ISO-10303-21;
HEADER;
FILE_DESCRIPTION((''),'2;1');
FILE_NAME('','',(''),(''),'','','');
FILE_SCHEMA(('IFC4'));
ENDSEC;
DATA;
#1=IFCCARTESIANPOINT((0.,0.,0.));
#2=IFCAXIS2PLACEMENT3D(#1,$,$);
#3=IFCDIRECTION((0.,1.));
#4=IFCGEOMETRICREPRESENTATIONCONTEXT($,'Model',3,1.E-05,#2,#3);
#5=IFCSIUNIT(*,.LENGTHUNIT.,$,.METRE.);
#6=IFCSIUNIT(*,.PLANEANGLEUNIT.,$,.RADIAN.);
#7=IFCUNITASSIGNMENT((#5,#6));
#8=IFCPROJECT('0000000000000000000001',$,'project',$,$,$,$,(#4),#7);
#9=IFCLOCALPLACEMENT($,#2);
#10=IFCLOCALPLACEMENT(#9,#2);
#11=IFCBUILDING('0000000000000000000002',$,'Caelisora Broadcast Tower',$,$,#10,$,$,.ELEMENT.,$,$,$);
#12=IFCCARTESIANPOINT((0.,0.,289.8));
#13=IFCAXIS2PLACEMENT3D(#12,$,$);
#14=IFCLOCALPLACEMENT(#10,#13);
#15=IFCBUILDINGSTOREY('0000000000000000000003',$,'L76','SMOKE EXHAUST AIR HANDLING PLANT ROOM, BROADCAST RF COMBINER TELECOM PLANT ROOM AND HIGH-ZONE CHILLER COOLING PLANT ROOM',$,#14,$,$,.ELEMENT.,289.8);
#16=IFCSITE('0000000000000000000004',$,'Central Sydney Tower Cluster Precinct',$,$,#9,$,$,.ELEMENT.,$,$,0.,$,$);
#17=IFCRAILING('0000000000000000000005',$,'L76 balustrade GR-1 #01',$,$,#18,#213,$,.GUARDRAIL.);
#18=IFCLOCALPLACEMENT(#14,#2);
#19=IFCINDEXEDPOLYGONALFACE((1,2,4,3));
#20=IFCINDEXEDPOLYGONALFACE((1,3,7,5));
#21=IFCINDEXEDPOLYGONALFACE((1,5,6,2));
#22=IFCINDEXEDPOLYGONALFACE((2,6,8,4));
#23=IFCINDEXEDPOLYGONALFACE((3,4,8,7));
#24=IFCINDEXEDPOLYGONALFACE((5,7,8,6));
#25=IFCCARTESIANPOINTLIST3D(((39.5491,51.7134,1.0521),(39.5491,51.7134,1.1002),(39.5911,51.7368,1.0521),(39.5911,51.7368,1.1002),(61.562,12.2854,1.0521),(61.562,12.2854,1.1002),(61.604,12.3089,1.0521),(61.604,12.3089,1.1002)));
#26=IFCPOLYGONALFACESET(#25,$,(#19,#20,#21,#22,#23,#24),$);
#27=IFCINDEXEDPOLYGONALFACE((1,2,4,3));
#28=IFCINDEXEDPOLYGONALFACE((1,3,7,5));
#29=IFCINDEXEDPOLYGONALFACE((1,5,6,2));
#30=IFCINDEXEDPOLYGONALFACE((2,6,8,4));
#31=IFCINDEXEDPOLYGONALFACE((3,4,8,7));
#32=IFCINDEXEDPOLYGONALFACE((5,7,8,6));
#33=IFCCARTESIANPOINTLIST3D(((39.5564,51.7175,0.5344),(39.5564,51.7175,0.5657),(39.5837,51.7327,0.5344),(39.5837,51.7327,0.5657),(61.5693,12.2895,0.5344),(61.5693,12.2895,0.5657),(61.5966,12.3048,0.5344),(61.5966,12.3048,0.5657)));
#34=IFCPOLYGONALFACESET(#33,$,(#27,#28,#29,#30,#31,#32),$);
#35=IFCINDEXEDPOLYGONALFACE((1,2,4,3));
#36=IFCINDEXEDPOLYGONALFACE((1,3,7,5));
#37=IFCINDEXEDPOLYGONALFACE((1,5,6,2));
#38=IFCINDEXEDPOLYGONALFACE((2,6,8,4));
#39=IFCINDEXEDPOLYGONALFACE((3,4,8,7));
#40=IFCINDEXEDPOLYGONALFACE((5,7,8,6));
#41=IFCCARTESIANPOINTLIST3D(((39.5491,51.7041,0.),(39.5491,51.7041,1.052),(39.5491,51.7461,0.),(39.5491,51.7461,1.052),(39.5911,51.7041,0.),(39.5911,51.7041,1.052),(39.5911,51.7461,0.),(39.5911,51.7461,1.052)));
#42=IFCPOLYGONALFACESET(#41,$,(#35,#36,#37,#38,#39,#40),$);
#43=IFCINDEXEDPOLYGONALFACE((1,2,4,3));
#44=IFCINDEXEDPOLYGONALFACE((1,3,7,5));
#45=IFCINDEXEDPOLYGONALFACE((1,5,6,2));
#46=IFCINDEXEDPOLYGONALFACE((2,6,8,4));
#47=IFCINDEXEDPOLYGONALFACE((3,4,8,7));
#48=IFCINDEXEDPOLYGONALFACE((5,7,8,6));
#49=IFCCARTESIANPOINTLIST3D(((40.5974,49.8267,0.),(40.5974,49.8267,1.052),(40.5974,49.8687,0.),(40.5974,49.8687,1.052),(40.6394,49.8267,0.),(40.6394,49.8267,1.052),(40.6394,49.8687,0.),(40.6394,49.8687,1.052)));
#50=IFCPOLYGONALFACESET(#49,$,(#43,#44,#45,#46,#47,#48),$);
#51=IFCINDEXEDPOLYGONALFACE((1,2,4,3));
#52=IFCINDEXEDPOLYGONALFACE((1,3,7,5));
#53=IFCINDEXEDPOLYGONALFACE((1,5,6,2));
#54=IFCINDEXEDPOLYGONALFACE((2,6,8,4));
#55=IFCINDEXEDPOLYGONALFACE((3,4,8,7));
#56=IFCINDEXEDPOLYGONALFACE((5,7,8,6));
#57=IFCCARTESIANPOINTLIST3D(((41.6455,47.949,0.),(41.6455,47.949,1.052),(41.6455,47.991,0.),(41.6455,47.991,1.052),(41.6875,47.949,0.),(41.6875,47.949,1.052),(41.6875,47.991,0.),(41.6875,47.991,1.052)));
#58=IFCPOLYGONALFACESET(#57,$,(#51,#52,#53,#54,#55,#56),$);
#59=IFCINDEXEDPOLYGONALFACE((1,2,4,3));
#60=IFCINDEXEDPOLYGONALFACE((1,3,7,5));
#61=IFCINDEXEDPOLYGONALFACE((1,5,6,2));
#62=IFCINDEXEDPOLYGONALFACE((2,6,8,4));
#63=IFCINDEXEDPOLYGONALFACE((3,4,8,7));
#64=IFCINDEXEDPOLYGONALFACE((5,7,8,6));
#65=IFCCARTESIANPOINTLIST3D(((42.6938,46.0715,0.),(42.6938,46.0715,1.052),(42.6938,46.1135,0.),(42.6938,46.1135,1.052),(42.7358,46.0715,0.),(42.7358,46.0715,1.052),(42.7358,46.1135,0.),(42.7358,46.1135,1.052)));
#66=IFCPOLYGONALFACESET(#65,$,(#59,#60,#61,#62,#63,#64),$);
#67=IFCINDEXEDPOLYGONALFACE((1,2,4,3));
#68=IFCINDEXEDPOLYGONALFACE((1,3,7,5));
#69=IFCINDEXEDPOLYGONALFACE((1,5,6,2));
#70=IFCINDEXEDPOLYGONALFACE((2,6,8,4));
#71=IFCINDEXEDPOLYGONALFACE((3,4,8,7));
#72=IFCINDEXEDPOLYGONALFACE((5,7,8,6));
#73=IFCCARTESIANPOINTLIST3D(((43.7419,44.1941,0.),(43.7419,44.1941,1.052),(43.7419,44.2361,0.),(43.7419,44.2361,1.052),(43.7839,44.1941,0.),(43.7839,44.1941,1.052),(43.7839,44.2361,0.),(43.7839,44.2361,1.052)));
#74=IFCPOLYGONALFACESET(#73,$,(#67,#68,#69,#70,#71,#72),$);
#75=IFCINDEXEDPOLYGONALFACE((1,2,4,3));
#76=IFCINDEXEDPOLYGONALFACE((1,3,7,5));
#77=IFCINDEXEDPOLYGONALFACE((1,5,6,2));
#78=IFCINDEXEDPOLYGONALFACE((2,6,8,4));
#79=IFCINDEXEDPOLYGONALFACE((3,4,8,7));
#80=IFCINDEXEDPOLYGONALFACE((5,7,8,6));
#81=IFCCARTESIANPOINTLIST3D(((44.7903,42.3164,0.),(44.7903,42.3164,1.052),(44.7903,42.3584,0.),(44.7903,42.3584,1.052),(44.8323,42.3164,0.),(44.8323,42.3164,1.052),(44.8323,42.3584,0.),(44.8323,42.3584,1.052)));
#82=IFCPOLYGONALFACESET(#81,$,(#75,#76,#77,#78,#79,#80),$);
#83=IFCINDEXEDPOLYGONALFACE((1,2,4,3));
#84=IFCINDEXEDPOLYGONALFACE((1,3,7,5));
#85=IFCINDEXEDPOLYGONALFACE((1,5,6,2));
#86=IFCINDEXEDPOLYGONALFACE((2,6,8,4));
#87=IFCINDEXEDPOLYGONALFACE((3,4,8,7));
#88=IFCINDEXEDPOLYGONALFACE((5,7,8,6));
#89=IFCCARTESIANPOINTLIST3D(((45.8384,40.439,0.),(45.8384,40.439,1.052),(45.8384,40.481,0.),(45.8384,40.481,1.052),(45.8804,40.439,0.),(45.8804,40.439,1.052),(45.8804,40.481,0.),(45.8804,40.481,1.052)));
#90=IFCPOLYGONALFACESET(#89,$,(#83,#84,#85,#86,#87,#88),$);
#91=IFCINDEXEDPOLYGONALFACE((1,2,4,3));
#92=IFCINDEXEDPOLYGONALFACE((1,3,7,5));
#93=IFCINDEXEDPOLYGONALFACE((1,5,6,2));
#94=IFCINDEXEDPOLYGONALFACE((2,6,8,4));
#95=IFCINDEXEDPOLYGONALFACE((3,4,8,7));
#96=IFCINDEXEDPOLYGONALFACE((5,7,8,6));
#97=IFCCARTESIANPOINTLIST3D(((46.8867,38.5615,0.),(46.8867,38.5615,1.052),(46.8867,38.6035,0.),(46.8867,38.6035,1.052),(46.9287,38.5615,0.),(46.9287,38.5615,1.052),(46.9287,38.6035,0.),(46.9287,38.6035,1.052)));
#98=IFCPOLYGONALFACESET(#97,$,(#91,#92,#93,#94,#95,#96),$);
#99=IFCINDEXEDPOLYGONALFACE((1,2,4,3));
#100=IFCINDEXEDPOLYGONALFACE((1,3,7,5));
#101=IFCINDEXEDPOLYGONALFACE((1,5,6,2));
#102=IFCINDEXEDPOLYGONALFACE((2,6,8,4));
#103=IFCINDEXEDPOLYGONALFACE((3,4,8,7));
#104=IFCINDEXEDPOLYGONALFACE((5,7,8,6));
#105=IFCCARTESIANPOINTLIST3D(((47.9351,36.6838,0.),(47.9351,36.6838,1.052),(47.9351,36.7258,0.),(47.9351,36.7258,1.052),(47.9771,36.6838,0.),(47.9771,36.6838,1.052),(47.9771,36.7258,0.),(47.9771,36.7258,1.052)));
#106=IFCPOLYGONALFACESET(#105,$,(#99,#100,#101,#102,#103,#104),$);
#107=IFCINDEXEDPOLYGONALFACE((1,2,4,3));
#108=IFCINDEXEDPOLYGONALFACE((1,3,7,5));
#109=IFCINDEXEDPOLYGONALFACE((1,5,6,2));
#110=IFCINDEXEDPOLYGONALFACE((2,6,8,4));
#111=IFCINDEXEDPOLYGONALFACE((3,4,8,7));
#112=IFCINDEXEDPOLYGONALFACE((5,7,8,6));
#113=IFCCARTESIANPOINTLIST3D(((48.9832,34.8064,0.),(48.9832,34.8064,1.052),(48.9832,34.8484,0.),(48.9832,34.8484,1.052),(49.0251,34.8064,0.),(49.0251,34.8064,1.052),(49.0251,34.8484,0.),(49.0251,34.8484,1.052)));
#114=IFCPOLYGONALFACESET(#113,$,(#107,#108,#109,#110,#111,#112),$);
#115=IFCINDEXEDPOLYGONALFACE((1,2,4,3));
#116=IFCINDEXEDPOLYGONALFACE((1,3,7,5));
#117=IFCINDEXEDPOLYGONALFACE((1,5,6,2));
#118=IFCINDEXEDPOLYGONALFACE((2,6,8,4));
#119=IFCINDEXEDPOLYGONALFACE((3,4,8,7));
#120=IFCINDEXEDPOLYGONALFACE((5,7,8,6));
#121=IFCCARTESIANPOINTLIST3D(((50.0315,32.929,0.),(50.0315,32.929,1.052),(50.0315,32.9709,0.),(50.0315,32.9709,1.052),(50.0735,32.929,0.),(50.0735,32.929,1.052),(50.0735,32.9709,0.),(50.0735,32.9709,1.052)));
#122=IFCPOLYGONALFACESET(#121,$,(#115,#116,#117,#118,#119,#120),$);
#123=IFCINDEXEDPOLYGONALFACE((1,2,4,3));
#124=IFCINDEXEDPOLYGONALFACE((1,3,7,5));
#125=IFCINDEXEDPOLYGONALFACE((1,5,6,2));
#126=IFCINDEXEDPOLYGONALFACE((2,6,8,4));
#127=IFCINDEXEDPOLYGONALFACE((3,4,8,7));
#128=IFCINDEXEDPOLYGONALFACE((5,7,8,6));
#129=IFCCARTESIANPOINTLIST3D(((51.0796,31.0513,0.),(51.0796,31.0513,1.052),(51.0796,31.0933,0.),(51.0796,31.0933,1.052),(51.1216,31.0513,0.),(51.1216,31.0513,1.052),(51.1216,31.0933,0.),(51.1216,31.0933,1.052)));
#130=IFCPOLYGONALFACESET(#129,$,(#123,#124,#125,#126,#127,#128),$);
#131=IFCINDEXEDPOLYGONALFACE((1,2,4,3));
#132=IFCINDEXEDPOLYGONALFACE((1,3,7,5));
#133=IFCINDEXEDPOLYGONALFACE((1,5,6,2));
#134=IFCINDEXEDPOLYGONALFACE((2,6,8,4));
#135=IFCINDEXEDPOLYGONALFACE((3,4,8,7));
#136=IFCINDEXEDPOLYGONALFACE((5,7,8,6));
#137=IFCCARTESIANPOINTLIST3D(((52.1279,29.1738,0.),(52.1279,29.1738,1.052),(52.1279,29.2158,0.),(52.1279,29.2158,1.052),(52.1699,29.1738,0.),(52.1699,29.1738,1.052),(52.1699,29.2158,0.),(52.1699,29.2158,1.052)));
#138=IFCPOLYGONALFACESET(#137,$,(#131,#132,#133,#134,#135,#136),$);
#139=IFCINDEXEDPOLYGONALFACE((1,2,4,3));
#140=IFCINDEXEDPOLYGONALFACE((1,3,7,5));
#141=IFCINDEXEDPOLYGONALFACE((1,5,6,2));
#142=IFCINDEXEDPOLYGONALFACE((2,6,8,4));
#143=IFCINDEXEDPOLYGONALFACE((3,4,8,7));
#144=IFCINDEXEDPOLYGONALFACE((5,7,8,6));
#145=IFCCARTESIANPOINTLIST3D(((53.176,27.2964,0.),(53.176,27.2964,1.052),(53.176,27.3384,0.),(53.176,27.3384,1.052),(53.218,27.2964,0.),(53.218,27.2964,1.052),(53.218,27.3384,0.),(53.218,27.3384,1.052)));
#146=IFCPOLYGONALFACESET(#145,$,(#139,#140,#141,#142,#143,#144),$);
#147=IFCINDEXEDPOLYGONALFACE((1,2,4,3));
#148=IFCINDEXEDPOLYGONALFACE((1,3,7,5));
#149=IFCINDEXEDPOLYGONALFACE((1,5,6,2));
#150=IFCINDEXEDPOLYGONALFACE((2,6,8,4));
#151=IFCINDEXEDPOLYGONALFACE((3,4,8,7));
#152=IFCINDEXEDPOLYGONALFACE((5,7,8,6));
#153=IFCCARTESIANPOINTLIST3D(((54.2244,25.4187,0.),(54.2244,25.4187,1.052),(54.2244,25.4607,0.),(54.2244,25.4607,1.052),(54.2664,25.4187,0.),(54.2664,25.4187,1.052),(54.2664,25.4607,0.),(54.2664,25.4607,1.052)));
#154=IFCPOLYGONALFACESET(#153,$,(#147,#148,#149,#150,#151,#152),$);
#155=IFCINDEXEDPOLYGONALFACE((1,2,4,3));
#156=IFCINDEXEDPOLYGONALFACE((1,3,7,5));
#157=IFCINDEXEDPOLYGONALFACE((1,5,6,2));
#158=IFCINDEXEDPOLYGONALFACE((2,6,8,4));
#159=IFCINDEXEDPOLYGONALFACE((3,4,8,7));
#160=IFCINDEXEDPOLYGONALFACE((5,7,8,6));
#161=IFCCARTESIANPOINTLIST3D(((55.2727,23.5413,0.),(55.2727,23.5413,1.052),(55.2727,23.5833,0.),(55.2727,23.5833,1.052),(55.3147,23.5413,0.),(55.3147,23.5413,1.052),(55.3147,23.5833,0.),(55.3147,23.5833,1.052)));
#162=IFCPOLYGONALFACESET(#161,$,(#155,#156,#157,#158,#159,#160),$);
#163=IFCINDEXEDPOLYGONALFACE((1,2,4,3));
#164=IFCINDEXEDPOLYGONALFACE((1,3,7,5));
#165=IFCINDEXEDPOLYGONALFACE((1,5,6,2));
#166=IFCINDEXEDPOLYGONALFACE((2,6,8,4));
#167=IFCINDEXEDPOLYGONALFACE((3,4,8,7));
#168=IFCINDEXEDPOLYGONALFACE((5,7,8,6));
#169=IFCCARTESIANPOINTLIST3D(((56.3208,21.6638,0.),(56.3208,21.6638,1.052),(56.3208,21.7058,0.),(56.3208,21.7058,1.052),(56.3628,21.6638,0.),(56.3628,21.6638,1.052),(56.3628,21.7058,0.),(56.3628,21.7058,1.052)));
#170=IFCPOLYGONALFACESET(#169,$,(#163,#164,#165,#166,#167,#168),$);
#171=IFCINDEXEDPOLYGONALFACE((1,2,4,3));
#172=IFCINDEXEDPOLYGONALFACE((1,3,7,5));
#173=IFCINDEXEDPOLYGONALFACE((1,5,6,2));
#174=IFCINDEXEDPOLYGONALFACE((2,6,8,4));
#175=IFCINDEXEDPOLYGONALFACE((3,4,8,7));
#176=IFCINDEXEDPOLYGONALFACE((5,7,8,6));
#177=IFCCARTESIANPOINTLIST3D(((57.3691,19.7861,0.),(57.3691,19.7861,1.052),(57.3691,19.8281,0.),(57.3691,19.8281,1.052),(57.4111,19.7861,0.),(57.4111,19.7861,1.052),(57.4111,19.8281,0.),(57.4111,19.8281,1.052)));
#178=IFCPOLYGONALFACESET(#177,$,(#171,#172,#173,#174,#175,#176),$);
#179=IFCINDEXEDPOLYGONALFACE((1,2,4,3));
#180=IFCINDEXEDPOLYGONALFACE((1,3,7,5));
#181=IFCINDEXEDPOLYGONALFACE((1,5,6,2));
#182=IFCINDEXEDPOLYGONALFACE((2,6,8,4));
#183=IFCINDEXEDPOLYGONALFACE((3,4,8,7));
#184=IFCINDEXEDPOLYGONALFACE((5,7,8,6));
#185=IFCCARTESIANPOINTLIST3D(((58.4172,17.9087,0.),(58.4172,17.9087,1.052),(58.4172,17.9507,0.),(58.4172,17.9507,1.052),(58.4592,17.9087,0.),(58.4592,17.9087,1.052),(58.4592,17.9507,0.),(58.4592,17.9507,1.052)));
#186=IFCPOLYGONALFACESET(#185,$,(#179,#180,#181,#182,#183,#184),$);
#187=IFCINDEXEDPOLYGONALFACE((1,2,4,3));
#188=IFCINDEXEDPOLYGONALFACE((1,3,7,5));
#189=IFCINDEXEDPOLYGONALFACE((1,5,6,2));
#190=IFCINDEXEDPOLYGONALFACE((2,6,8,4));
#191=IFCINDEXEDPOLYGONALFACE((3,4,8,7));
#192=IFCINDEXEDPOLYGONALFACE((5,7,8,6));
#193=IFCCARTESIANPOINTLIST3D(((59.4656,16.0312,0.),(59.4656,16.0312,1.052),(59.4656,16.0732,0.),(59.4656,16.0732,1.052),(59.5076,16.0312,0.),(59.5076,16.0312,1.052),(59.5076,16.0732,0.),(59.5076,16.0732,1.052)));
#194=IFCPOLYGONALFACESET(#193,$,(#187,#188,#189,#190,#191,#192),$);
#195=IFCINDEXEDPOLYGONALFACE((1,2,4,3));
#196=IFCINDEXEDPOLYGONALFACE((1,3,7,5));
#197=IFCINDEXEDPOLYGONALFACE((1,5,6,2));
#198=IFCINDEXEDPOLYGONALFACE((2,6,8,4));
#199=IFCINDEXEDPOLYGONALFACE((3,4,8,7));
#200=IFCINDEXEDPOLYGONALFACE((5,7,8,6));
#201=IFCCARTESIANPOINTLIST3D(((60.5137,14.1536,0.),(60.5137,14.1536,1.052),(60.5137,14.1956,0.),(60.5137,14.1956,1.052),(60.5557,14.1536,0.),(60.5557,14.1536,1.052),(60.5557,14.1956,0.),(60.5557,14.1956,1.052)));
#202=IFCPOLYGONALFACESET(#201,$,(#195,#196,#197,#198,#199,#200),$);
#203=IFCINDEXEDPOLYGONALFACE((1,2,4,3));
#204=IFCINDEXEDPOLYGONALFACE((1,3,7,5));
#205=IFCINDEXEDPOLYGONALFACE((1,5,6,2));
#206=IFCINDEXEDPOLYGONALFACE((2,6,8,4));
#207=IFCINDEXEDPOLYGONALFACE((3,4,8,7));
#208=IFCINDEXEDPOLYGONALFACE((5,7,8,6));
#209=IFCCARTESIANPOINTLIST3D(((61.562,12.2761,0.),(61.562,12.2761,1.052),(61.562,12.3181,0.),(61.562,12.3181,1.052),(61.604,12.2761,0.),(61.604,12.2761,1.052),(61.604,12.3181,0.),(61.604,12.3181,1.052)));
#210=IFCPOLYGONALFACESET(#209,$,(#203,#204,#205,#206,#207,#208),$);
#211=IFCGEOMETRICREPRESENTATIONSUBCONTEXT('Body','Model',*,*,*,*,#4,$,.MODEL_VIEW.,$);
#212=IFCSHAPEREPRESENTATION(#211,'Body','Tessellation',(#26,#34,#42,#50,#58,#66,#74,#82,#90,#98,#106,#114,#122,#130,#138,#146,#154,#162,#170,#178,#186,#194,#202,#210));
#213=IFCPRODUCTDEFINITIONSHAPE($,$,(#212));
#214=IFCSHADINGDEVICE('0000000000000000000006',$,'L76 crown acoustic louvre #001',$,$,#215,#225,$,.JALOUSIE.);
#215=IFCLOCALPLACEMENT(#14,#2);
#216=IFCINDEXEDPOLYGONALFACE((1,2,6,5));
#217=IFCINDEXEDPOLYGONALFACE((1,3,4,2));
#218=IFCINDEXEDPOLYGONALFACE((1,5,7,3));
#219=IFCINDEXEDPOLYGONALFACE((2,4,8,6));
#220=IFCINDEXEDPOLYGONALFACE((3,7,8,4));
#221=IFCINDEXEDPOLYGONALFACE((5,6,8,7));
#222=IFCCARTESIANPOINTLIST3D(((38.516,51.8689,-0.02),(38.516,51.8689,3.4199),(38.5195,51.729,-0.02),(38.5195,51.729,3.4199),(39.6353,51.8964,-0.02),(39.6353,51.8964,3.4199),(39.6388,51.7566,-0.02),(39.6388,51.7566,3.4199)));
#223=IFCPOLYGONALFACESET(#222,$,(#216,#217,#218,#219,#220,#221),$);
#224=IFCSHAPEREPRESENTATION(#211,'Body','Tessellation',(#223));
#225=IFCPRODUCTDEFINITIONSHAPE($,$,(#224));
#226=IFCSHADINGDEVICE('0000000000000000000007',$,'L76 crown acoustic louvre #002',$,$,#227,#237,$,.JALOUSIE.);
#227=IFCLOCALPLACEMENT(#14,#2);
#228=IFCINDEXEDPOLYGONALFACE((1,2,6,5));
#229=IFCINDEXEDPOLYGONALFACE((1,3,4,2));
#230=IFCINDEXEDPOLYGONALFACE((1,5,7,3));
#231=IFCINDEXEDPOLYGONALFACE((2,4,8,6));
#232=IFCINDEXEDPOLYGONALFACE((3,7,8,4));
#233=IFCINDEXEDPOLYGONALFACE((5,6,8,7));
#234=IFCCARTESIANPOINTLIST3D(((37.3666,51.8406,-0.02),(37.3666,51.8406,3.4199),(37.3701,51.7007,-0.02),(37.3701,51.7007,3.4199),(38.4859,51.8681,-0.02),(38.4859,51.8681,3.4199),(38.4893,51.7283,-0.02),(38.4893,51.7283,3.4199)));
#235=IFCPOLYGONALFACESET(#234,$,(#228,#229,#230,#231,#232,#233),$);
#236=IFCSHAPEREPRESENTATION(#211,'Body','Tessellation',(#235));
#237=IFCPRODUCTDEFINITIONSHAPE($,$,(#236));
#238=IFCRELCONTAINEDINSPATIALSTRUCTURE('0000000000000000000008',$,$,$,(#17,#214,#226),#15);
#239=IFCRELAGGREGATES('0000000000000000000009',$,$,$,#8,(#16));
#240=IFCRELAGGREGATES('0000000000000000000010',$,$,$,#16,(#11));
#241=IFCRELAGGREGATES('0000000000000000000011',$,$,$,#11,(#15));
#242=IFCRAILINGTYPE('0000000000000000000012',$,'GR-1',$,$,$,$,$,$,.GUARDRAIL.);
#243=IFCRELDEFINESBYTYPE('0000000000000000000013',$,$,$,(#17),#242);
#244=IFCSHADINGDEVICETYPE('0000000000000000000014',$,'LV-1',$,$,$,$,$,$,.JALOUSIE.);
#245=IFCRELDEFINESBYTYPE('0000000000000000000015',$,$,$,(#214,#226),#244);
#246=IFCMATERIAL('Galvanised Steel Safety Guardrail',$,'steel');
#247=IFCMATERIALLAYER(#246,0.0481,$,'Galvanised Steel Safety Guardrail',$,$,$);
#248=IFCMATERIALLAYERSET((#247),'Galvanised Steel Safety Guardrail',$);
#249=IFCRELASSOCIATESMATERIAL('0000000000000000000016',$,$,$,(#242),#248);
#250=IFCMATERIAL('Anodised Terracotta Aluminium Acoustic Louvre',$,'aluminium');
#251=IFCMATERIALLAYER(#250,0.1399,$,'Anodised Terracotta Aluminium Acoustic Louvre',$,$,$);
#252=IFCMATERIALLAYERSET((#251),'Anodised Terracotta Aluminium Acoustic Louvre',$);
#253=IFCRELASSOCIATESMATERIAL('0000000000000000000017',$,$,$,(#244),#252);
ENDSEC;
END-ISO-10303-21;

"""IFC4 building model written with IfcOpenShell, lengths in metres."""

from ifc_helpers import new_model, si_unit, direction, frame, origin, origin_2d, place, context, subcontext, project, spatial, rectangle, extrude, source, transform, mapped, material, layer, layer_set, type_object, element, save


model = new_model("IFC4")

# Units and contexts
model_context = context("Model", 3, precision=1e-05, world=origin(), true_north=direction((0.0, 1.0)))
body_context = subcontext(model_context, "Body", "Model", "MODEL_VIEW")
ifc_project = project(units=[si_unit("LENGTHUNIT", "METRE"), si_unit("PLANEANGLEUNIT", "RADIAN")], contexts=[model_context])

# Site, building, storey
site_placement = place(None, origin())
site = spatial("IfcSite", under=ifc_project, at=site_placement, Name="Central Sydney Tower Cluster Precinct", CompositionType="ELEMENT", RefElevation=0.0)
building_placement = place(site_placement, origin())
building = spatial("IfcBuilding", under=site, at=building_placement, Name="Caelisora Broadcast Tower", CompositionType="ELEMENT")
storey_placement = place(building_placement, frame((0.0, 0.0, 289.8)))
storey = spatial("IfcBuildingStorey", under=building, at=storey_placement, Name="L76", Description="SMOKE EXHAUST AIR HANDLING PLANT ROOM, BROADCAST RF COMBINER TELECOM PLANT ROOM AND HIGH-ZONE CHILLER COOLING PLANT ROOM", CompositionType="ELEMENT", Elevation=289.8)

# Railing
ifc_material_1 = material(Name="Galvanised Steel Safety Guardrail", Category="steel")
ifc_layer_1 = layer(ifc_material_1, 0.0481, Name="Galvanised Steel Safety Guardrail")
ifc_layer_set_1 = layer_set([ifc_layer_1], Name="Galvanised Steel Safety Guardrail")
railing_type = type_object("IfcRailingType", Name="GR-1", PredefinedType="GUARDRAIL", material=ifc_layer_set_1)
railing_placement = place(storey_placement, frame((39.5701, 51.7251, 0.0)))
element("IfcRailing", 1, at=railing_placement, inside=storey, type_object=railing_type, Name="L76 balustrade GR-1 #01", PredefinedType="GUARDRAIL", context=body_context, shape_type="SweptSolid", body=[
    extrude(rectangle(XDim=0.0481, YDim=0.0481, at=origin_2d()), frame((0.0, 0.0, 1.0762), z_axis=(0.487478, -0.873135, 0.0), x_axis=(0.873135, 0.487478, 0.0)), (0.0, 0.0, 1.0), 45.1567),
    extrude(rectangle(XDim=0.0312, YDim=0.0312, at=origin_2d()), frame((0.0, 0.0, 0.55), z_axis=(0.487478, -0.873135, 0.0), x_axis=(0.873135, 0.487478, 0.0)), (0.0, 0.0, 1.0), 45.1567),
    extrude(rectangle(XDim=0.042, YDim=0.042, at=origin_2d()), origin(), (0.0, 0.0, 1.0), 1.052),
    extrude(rectangle(XDim=0.042, YDim=0.042, at=origin_2d()), frame((1.0483, -1.8774, 0.0)), (0.0, 0.0, 1.0), 1.052),
    extrude(rectangle(XDim=0.042, YDim=0.042, at=origin_2d()), frame((2.0964, -3.7551, 0.0)), (0.0, 0.0, 1.0), 1.052),
    extrude(rectangle(XDim=0.042, YDim=0.042, at=origin_2d()), frame((3.1448, -5.6326, 0.0)), (0.0, 0.0, 1.0), 1.052),
    extrude(rectangle(XDim=0.042, YDim=0.042, at=origin_2d()), frame((4.1929, -7.51, 0.0)), (0.0, 0.0, 1.0), 1.052),
    extrude(rectangle(XDim=0.042, YDim=0.042, at=origin_2d()), frame((5.2412, -9.3877, 0.0)), (0.0, 0.0, 1.0), 1.052),
    extrude(rectangle(XDim=0.042, YDim=0.042, at=origin_2d()), frame((6.2893, -11.2651, 0.0)), (0.0, 0.0, 1.0), 1.052),
    extrude(rectangle(XDim=0.042, YDim=0.042, at=origin_2d()), frame((7.3376, -13.1426, 0.0)), (0.0, 0.0, 1.0), 1.052),
    extrude(rectangle(XDim=0.042, YDim=0.042, at=origin_2d()), frame((8.386, -15.0203, 0.0)), (0.0, 0.0, 1.0), 1.052),
    extrude(rectangle(XDim=0.042, YDim=0.042, at=origin_2d()), frame((9.4341, -16.8977, 0.0)), (0.0, 0.0, 1.0), 1.052),
    extrude(rectangle(XDim=0.042, YDim=0.042, at=origin_2d()), frame((10.4824, -18.7751, 0.0)), (0.0, 0.0, 1.0), 1.052),
    extrude(rectangle(XDim=0.042, YDim=0.042, at=origin_2d()), frame((11.5305, -20.6528, 0.0)), (0.0, 0.0, 1.0), 1.052),
    extrude(rectangle(XDim=0.042, YDim=0.042, at=origin_2d()), frame((12.5789, -22.5303, 0.0)), (0.0, 0.0, 1.0), 1.052),
    extrude(rectangle(XDim=0.042, YDim=0.042, at=origin_2d()), frame((13.627, -24.4077, 0.0)), (0.0, 0.0, 1.0), 1.052),
    extrude(rectangle(XDim=0.042, YDim=0.042, at=origin_2d()), frame((14.6753, -26.2854, 0.0)), (0.0, 0.0, 1.0), 1.052),
    extrude(rectangle(XDim=0.042, YDim=0.042, at=origin_2d()), frame((15.7236, -28.1628, 0.0)), (0.0, 0.0, 1.0), 1.052),
    extrude(rectangle(XDim=0.042, YDim=0.042, at=origin_2d()), frame((16.7717, -30.0403, 0.0)), (0.0, 0.0, 1.0), 1.052),
    extrude(rectangle(XDim=0.042, YDim=0.042, at=origin_2d()), frame((17.8201, -31.918, 0.0)), (0.0, 0.0, 1.0), 1.052),
    extrude(rectangle(XDim=0.042, YDim=0.042, at=origin_2d()), frame((18.8682, -33.7954, 0.0)), (0.0, 0.0, 1.0), 1.052),
    extrude(rectangle(XDim=0.042, YDim=0.042, at=origin_2d()), frame((19.9165, -35.6729, 0.0)), (0.0, 0.0, 1.0), 1.052),
    extrude(rectangle(XDim=0.042, YDim=0.042, at=origin_2d()), frame((20.9646, -37.5505, 0.0)), (0.0, 0.0, 1.0), 1.052),
    extrude(rectangle(XDim=0.042, YDim=0.042, at=origin_2d()), frame((22.0129, -39.428, 0.0)), (0.0, 0.0, 1.0), 1.052),
])

# Shading devices
ifc_material_2 = material(Name="Anodised Terracotta Aluminium Acoustic Louvre", Category="aluminium")
ifc_layer_2 = layer(ifc_material_2, 0.1399, Name="Anodised Terracotta Aluminium Acoustic Louvre")
ifc_layer_set_2 = layer_set([ifc_layer_2], Name="Anodised Terracotta Aluminium Acoustic Louvre")
shading_device_type = type_object("IfcShadingDeviceType", Name="LV-1", PredefinedType="JALOUSIE", material=ifc_layer_set_2)
shared_shape_1 = source(origin(), body_context, "Body", "SweptSolid", [
    extrude(rectangle(XDim=1.1196, YDim=0.1399, at=origin_2d()), origin(), (0.0, 0.0, 1.0), 3.4399),
])
for number, where, z_axis, x_axis, name in (
    (2, (39.0774, 51.8127, -0.02), (0.0, 0.0, 1.0), (-0.999697, -0.024607, 0.0), "L76 crown acoustic louvre #001"),
    (3, (37.928, 51.7844, -0.02), (0.0, 0.0, 1.0), (-0.999697, -0.024607, 0.0), "L76 crown acoustic louvre #002"),
):
    element("IfcShadingDevice", number, at=place(storey_placement, frame(where, z_axis=z_axis, x_axis=x_axis)), inside=storey, type_object=shading_device_type, Name=name, PredefinedType="JALOUSIE", context=body_context, shape_type="MappedRepresentation", body=[
        mapped(shared_shape_1, transform((0.0, 0.0, 0.0), scale=1.0)),
    ])

save(model, "model.ifc")
